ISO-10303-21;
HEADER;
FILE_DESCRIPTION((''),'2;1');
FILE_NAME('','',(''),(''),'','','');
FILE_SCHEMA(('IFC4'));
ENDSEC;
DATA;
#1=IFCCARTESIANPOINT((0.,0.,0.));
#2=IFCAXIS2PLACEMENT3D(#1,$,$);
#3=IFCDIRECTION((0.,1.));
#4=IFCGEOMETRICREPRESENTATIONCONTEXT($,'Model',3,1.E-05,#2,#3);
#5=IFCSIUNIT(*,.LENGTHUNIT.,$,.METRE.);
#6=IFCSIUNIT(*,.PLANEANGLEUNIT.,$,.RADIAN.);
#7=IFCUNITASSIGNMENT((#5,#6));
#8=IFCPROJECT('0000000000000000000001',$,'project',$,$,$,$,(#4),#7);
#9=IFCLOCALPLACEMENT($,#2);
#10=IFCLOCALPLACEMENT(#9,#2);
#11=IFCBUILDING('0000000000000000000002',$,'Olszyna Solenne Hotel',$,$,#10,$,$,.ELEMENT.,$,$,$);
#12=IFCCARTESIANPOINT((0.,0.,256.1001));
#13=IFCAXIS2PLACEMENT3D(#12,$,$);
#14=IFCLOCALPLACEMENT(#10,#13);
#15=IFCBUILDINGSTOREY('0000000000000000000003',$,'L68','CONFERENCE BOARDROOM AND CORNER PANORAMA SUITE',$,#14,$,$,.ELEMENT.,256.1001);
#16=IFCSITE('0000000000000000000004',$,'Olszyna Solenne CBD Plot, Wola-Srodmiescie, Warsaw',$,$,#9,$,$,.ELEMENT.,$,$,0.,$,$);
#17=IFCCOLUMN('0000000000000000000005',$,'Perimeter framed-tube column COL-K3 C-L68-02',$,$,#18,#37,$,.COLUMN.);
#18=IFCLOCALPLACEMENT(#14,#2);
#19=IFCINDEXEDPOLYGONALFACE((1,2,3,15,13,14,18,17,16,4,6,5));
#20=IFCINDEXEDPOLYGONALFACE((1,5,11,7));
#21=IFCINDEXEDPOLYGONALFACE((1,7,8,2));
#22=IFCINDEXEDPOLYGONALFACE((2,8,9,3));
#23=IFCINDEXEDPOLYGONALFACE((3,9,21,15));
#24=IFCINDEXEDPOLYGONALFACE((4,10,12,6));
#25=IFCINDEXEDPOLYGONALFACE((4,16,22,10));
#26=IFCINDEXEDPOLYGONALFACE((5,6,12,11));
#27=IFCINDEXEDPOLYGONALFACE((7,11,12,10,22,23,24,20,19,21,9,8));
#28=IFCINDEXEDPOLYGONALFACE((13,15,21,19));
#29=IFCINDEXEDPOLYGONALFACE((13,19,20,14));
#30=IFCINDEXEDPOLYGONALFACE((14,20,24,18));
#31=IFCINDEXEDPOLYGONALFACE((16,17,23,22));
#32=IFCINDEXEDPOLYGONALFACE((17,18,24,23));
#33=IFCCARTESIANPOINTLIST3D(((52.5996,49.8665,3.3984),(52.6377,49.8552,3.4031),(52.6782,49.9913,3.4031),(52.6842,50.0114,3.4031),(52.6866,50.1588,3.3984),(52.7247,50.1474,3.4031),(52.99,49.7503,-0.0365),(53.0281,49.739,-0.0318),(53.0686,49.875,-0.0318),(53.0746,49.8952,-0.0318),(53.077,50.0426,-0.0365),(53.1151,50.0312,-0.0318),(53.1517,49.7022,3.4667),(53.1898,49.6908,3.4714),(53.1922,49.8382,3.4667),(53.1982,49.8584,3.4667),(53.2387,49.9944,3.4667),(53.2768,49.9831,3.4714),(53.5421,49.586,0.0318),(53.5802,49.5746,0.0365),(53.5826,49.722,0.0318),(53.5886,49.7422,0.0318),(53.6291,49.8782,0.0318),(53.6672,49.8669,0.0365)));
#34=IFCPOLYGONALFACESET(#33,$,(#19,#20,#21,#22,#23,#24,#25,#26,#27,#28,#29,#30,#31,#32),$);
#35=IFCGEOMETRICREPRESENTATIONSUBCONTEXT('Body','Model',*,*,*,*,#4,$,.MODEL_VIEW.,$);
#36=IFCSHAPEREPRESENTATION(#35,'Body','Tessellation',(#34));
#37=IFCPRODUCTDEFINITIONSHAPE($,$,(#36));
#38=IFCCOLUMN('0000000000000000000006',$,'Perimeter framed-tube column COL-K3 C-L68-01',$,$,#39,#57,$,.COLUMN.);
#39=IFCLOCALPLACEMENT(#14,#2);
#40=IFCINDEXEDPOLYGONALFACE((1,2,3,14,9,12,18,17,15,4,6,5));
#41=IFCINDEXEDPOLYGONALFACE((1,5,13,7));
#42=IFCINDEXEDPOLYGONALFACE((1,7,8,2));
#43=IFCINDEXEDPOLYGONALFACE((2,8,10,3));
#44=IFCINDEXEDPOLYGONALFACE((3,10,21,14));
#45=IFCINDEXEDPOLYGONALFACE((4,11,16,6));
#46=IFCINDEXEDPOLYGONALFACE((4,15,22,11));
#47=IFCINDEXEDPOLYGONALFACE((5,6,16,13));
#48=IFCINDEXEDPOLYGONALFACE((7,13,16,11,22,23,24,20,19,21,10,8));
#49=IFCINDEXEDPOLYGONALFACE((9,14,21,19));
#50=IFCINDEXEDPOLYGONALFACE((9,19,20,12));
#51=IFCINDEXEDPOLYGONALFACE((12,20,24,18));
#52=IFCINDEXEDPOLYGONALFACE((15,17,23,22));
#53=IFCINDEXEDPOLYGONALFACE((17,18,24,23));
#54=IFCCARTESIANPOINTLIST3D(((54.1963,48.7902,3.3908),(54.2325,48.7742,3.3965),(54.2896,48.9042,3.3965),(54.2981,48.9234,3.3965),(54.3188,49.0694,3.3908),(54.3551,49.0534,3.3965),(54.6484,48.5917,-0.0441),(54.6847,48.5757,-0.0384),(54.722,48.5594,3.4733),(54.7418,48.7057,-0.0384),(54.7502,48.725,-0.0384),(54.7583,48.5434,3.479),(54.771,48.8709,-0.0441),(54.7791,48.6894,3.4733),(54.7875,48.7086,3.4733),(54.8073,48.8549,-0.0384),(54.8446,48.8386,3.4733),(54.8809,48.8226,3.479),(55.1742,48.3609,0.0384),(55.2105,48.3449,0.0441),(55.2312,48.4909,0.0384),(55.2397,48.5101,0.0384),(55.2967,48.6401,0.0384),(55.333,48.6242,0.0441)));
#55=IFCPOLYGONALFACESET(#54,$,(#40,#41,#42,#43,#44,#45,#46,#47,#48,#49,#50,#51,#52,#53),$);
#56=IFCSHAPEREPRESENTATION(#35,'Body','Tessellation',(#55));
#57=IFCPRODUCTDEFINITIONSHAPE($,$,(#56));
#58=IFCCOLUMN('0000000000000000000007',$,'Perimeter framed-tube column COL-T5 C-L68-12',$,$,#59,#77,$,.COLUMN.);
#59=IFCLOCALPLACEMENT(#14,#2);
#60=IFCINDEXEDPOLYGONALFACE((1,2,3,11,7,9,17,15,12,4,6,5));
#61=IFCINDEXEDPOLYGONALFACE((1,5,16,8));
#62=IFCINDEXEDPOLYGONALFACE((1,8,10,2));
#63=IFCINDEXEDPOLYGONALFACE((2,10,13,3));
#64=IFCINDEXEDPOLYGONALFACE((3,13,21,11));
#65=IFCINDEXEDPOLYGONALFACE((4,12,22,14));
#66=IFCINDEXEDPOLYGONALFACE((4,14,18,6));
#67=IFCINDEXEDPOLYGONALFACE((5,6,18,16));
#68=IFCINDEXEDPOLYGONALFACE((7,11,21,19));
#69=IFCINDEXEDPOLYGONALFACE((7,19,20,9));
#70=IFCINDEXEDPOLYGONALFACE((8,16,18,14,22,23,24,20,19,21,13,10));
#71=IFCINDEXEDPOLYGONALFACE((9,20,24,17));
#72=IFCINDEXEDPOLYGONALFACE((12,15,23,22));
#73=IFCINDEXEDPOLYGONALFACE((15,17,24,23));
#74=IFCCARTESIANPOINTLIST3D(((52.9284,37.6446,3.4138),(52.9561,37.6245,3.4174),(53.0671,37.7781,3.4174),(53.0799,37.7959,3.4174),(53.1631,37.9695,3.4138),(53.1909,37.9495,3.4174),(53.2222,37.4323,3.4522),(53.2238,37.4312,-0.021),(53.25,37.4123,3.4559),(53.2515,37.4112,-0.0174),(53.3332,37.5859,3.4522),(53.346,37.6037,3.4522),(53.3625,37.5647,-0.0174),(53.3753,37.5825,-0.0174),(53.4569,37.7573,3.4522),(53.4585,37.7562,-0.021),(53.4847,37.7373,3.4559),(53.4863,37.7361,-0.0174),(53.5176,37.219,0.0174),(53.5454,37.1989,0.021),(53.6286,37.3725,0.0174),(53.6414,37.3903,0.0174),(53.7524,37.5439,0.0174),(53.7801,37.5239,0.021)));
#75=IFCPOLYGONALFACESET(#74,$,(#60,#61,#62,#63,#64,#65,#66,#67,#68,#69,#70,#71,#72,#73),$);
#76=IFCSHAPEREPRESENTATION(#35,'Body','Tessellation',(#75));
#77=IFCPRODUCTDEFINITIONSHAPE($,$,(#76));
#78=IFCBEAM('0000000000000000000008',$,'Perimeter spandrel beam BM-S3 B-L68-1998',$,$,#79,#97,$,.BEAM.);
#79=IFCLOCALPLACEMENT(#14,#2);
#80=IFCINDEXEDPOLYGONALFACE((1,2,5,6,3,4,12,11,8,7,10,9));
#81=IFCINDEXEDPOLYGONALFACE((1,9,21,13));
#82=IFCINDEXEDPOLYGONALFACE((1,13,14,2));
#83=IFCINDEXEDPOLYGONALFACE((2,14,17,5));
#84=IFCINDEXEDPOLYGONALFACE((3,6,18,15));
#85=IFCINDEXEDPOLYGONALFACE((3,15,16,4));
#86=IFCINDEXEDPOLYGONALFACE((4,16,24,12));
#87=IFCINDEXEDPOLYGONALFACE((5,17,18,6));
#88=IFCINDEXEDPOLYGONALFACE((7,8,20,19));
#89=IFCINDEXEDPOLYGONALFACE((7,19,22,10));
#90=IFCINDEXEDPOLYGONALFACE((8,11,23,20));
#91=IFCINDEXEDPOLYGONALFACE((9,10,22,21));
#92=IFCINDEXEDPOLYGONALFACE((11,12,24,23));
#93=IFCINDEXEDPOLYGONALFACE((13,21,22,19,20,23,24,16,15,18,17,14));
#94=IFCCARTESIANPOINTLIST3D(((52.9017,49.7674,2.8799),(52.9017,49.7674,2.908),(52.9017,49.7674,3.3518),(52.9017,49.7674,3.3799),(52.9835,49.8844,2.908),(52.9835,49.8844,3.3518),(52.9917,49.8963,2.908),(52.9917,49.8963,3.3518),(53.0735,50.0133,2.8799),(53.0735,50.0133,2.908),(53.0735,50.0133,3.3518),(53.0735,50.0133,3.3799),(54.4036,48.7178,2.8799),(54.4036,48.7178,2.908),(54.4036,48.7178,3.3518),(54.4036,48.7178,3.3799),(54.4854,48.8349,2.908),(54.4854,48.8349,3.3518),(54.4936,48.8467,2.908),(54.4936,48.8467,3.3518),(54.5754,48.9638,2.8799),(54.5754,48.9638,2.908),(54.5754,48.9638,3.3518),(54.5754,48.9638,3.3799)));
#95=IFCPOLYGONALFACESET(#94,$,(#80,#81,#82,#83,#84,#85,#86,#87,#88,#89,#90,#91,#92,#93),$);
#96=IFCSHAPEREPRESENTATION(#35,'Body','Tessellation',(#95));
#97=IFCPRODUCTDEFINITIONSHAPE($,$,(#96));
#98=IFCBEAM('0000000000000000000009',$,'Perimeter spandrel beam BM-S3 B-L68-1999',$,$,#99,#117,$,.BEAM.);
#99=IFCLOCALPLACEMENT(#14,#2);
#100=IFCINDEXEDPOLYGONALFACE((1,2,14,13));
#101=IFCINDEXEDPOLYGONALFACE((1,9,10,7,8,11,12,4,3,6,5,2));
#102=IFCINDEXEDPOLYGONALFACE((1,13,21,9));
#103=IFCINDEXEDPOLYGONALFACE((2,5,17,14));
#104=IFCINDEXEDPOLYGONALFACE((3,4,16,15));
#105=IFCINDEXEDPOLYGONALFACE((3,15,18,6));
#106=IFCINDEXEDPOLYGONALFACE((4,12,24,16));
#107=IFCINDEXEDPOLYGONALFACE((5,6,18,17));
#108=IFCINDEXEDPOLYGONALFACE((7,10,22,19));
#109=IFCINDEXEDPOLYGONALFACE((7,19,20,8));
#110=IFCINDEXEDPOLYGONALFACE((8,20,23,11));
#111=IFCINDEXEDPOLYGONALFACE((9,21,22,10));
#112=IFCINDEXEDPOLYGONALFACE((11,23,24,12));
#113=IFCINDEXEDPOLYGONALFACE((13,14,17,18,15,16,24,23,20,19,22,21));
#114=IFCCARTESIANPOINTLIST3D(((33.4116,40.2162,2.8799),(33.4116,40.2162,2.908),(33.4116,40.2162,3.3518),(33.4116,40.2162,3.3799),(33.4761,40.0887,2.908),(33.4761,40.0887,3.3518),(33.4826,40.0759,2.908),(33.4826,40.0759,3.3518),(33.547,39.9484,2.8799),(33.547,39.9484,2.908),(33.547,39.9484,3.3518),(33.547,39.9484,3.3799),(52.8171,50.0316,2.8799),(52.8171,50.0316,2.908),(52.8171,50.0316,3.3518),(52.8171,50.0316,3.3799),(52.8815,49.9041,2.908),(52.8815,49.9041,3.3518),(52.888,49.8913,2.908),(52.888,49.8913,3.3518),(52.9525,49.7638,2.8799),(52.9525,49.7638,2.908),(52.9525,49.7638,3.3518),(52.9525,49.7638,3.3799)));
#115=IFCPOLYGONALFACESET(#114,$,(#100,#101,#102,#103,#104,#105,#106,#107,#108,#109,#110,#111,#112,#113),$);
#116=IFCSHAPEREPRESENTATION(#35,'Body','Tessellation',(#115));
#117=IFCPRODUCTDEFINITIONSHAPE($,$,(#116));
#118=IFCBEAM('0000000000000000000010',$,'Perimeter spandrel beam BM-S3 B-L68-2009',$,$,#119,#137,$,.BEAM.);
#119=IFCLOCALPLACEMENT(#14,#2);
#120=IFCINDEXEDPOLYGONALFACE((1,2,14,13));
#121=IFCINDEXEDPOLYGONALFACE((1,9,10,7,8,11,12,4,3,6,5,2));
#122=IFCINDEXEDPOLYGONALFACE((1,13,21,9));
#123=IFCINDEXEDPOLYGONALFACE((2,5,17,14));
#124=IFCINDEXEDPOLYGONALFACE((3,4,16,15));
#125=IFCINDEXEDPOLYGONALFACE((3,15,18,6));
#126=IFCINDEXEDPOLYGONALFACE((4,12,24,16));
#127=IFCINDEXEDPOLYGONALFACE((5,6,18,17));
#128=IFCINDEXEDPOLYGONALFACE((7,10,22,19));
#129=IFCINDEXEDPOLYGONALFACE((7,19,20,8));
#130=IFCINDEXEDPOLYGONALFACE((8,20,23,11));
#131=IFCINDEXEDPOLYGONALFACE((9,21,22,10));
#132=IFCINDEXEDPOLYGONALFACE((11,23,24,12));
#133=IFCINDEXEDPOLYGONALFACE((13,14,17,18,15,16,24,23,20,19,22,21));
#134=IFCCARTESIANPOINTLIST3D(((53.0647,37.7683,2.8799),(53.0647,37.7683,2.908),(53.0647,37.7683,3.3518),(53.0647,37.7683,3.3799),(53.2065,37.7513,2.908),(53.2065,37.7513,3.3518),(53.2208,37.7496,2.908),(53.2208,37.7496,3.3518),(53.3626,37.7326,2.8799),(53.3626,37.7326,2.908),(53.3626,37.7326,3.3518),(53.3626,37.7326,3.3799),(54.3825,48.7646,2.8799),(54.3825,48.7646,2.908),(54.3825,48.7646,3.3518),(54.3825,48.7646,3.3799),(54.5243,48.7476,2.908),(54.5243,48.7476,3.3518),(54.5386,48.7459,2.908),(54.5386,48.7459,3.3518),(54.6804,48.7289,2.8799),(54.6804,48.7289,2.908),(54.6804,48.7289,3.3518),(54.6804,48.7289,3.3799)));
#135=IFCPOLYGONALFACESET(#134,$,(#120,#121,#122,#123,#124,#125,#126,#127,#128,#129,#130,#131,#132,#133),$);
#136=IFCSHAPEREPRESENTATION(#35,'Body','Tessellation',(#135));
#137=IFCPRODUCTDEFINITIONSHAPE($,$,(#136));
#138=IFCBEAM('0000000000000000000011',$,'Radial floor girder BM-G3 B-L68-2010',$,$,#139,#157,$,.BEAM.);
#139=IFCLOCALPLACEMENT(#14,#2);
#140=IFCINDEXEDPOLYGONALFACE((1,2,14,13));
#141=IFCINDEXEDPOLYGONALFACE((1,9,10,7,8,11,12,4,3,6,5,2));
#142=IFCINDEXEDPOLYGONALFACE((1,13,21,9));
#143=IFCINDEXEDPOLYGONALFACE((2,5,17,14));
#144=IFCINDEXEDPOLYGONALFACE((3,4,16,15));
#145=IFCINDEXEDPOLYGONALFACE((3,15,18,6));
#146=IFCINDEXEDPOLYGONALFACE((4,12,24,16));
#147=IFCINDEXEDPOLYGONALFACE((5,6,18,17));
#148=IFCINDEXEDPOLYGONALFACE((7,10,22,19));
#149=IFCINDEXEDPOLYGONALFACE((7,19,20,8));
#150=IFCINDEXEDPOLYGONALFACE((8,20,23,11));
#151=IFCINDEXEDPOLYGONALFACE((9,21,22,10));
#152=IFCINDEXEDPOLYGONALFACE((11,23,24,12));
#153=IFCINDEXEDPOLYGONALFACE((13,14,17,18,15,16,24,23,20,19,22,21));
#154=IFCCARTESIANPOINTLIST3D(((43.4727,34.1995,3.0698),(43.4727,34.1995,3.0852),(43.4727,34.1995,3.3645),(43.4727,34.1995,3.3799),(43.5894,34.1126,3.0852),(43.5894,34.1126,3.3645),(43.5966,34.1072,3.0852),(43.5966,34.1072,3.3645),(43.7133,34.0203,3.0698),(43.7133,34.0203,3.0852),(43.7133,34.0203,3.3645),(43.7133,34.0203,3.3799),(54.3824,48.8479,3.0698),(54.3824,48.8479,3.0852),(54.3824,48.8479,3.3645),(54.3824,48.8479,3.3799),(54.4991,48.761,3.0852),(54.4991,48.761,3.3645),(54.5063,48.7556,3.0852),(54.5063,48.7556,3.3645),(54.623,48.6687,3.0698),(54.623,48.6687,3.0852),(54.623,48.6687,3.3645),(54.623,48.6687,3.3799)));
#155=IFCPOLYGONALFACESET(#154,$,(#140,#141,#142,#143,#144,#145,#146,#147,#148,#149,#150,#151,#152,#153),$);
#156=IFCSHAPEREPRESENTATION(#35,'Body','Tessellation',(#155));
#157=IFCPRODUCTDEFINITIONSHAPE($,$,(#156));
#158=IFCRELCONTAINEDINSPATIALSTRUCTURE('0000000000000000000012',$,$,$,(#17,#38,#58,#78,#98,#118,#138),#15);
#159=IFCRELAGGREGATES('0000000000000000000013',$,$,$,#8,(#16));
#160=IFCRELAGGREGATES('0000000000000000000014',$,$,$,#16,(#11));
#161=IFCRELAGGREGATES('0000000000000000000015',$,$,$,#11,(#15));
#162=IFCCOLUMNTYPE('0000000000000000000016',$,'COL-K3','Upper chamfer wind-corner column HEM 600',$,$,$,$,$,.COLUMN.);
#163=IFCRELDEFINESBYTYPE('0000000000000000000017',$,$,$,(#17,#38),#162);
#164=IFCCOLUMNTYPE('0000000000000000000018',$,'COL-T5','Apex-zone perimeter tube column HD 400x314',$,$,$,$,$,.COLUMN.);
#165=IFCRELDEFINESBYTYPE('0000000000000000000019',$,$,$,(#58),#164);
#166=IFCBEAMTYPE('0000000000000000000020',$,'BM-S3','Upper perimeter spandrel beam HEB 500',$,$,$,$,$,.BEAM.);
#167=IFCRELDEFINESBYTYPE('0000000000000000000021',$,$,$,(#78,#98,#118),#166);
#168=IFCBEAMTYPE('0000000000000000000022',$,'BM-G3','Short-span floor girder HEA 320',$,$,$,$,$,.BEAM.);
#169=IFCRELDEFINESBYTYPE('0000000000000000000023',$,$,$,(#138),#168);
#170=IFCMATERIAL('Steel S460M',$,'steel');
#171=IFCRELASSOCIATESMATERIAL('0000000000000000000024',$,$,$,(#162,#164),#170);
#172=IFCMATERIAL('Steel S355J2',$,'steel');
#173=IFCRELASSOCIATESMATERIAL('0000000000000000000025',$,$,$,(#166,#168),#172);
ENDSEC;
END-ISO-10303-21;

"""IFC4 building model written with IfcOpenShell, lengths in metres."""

from ifc_helpers import new_model, si_unit, direction, frame, origin, origin_2d, place, context, subcontext, project, spatial, i_section, extrude, source, transform, mapped, material, material_profile, profile_set, type_object, element, save


model = new_model("IFC4")

# Units and contexts
model_context = context("Model", 3, precision=1e-05, world=origin(), true_north=direction((0.0, 1.0)))
body_context = subcontext(model_context, "Body", "Model", "MODEL_VIEW")
ifc_project = project(units=[si_unit("LENGTHUNIT", "METRE"), si_unit("PLANEANGLEUNIT", "RADIAN")], contexts=[model_context])

# Site, building, storey
site_placement = place(None, origin())
site = spatial("IfcSite", under=ifc_project, at=site_placement, Name="Olszyna Solenne CBD Plot, Wola-Srodmiescie, Warsaw", CompositionType="ELEMENT", RefElevation=0.0)
building_placement = place(site_placement, origin())
building = spatial("IfcBuilding", under=site, at=building_placement, Name="Olszyna Solenne Hotel", CompositionType="ELEMENT")
storey_placement = place(building_placement, frame((0.0, 0.0, 256.1001)))
storey = spatial("IfcBuildingStorey", under=building, at=storey_placement, Name="L68", Description="CONFERENCE BOARDROOM AND CORNER PANORAMA SUITE", CompositionType="ELEMENT", Elevation=256.1001)

# Columns
ifc_material_1 = material(Name="Steel S460M", Category="steel")
ifc_material_profile_1 = material_profile(ifc_material_1, i_section(OverallWidth=0.3049, OverallDepth=0.6201, WebThickness=0.021, FlangeThickness=0.04, at=origin_2d()), Name="HEM 600", Category="load-bearing")
ifc_profile_set_1 = profile_set([ifc_material_profile_1], Name="Steel S460M")
column_type_1 = type_object("IfcColumnType", Name="COL-K3", Description="Upper chamfer wind-corner column HEM 600", PredefinedType="COLUMN", material=ifc_profile_set_1)
shared_shape_1 = source(origin(), body_context, "Body", "SweptSolid", [
    extrude(i_section(OverallWidth=0.3049, OverallDepth=0.6201, WebThickness=0.021, FlangeThickness=0.04, at=origin_2d()), origin(), (0.0, 0.0, 1.0), 3.459),
])
column_1_placement = place(storey_placement, frame((53.3286, 49.8086, 0.0), z_axis=(-0.112863, 0.033598, 0.993042), x_axis=(-0.285313, -0.958435, 0.0)))
element("IfcColumn", 1, at=column_1_placement, inside=storey, type_object=column_type_1, Name="Perimeter framed-tube column COL-K3 C-L68-02", PredefinedType="COLUMN", context=body_context, shape_type="MappedRepresentation", body=[
    mapped(shared_shape_1, transform((0.0, 0.0, 0.0), x_axis=(1.0, 0.0, 0.0), y_axis=(0.0, 1.0, 0.0), z_axis=(0.0, 0.0, 1.0), scale=1.0)),
])
shared_shape_2 = source(origin(), body_context, "Body", "SweptSolid", [
    extrude(i_section(OverallWidth=0.3049, OverallDepth=0.6201, WebThickness=0.021, FlangeThickness=0.04, at=origin_2d()), origin(), (0.0, 0.0, 1.0), 3.4702),
])
column_2_placement = place(storey_placement, frame((54.9907, 48.6079, 0.0), z_axis=(-0.130297, 0.057199, 0.989824), x_axis=(-0.40196, -0.915657, 0.0)))
element("IfcColumn", 2, at=column_2_placement, inside=storey, type_object=column_type_1, Name="Perimeter framed-tube column COL-K3 C-L68-01", PredefinedType="COLUMN", context=body_context, shape_type="MappedRepresentation", body=[
    mapped(shared_shape_2, transform((0.0, 0.0, 0.0), x_axis=(1.0, 0.0, 0.0), y_axis=(0.0, 1.0, 0.0), z_axis=(0.0, 0.0, 1.0), scale=1.0)),
])
ifc_material_profile_2 = material_profile(ifc_material_1, i_section(OverallWidth=0.4009, OverallDepth=0.3989, WebThickness=0.022, FlangeThickness=0.0344, at=origin_2d()), Name="HD 400x314", Category="load-bearing")
ifc_profile_set_2 = profile_set([ifc_material_profile_2], Name="Steel S460M")
column_type_2 = type_object("IfcColumnType", Name="COL-T5", Description="Apex-zone perimeter tube column HD 400x314", PredefinedType="COLUMN", material=ifc_profile_set_2)
shared_shape_3 = source(origin(), body_context, "Body", "SweptSolid", [
    extrude(i_section(OverallWidth=0.4009, OverallDepth=0.3989, WebThickness=0.022, FlangeThickness=0.0344, at=origin_2d()), origin(), (0.0, 0.0, 1.0), 3.4541),
])
column_3_placement = place(storey_placement, frame((53.502, 37.4775, 0.0), z_axis=(-0.085525, 0.061776, 0.994419), x_axis=(-0.585539, -0.810644, 0.0)))
element("IfcColumn", 3, at=column_3_placement, inside=storey, type_object=column_type_2, Name="Perimeter framed-tube column COL-T5 C-L68-12", PredefinedType="COLUMN", context=body_context, shape_type="MappedRepresentation", body=[
    mapped(shared_shape_3, transform((0.0, 0.0, 0.0), x_axis=(1.0, 0.0, 0.0), y_axis=(0.0, 1.0, 0.0), z_axis=(0.0, 0.0, 1.0), scale=1.0)),
])

# Beams
ifc_material_2 = material(Name="Steel S355J2", Category="steel")
ifc_material_profile_3 = material_profile(ifc_material_2, i_section(OverallWidth=0.3, OverallDepth=0.5, WebThickness=0.0144, FlangeThickness=0.0281, at=origin_2d()), Name="HEB 500", Category="load-bearing")
ifc_profile_set_3 = profile_set([ifc_material_profile_3], Name="Steel S355J2")
beam_type_1 = type_object("IfcBeamType", Name="BM-S3", Description="Upper perimeter spandrel beam HEB 500", PredefinedType="BEAM", material=ifc_profile_set_3)
shared_shape_4 = source(origin(), body_context, "Body", "SweptSolid", [
    extrude(i_section(OverallWidth=0.3, OverallDepth=0.5, WebThickness=0.0144, FlangeThickness=0.0281, at=origin_2d()), origin(), (0.0, 0.0, 1.0), 1.8323),
])
beam_1_placement = place(storey_placement, frame((54.4895, 48.8408, 3.1299), z_axis=(-0.819695, 0.5728, 0.0), x_axis=(-0.5728, -0.819695, 0.0)))
element("IfcBeam", 4, at=beam_1_placement, inside=storey, type_object=beam_type_1, Name="Perimeter spandrel beam BM-S3 B-L68-1998", PredefinedType="BEAM", context=body_context, shape_type="MappedRepresentation", body=[
    mapped(shared_shape_4, transform((0.0, 0.0, 0.0), x_axis=(1.0, 0.0, 0.0), y_axis=(0.0, 1.0, 0.0), z_axis=(0.0, 0.0, 1.0), scale=1.0)),
])
shared_shape_5 = source(origin(), body_context, "Body", "SweptSolid", [
    extrude(i_section(OverallWidth=0.3, OverallDepth=0.5, WebThickness=0.0144, FlangeThickness=0.0281, at=origin_2d()), origin(), (0.0, 0.0, 1.0), 21.7466),
])
beam_2_placement = place(storey_placement, frame((52.8848, 49.8977, 3.1299), z_axis=(-0.892345, -0.451354, 0.0), x_axis=(0.451354, -0.892345, 0.0)))
element("IfcBeam", 5, at=beam_2_placement, inside=storey, type_object=beam_type_1, Name="Perimeter spandrel beam BM-S3 B-L68-1999", PredefinedType="BEAM", context=body_context, shape_type="MappedRepresentation", body=[
    mapped(shared_shape_5, transform((0.0, 0.0, 0.0), x_axis=(1.0, 0.0, 0.0), y_axis=(0.0, 1.0, 0.0), z_axis=(0.0, 0.0, 1.0), scale=1.0)),
])
shared_shape_6 = source(origin(), body_context, "Body", "SweptSolid", [
    extrude(i_section(OverallWidth=0.3, OverallDepth=0.5, WebThickness=0.0144, FlangeThickness=0.0281, at=origin_2d()), origin(), (0.0, 0.0, 1.0), 11.075),
])
beam_3_placement = place(storey_placement, frame((53.2136, 37.7505, 3.1299), z_axis=(0.118995, 0.992895, 0.0), x_axis=(-0.992895, 0.118995, 0.0)))
element("IfcBeam", 6, at=beam_3_placement, inside=storey, type_object=beam_type_1, Name="Perimeter spandrel beam BM-S3 B-L68-2009", PredefinedType="BEAM", context=body_context, shape_type="MappedRepresentation", body=[
    mapped(shared_shape_6, transform((0.0, 0.0, 0.0), x_axis=(1.0, 0.0, 0.0), y_axis=(0.0, 1.0, 0.0), z_axis=(0.0, 0.0, 1.0), scale=1.0)),
])
ifc_material_profile_4 = material_profile(ifc_material_2, i_section(OverallWidth=0.3, OverallDepth=0.3101, WebThickness=0.009, FlangeThickness=0.0154, at=origin_2d()), Name="HEA 320", Category="load-bearing")
ifc_profile_set_4 = profile_set([ifc_material_profile_4], Name="Steel S355J2")
beam_type_2 = type_object("IfcBeamType", Name="BM-G3", Description="Short-span floor girder HEA 320", PredefinedType="BEAM", material=ifc_profile_set_4)
shared_shape_7 = source(origin(), body_context, "Body", "SweptSolid", [
    extrude(i_section(OverallWidth=0.3, OverallDepth=0.3101, WebThickness=0.009, FlangeThickness=0.0154, at=origin_2d()), origin(), (0.0, 0.0, 1.0), 18.2646),
])
beam_4_placement = place(storey_placement, frame((54.5027, 48.7583, 3.2249), z_axis=(-0.59731, -0.80201, 0.0), x_axis=(0.80201, -0.59731, 0.0)))
element("IfcBeam", 7, at=beam_4_placement, inside=storey, type_object=beam_type_2, Name="Radial floor girder BM-G3 B-L68-2010", PredefinedType="BEAM", context=body_context, shape_type="MappedRepresentation", body=[
    mapped(shared_shape_7, transform((0.0, 0.0, 0.0), x_axis=(1.0, 0.0, 0.0), y_axis=(0.0, 1.0, 0.0), z_axis=(0.0, 0.0, 1.0), scale=1.0)),
])

save(model, "model.ifc")
